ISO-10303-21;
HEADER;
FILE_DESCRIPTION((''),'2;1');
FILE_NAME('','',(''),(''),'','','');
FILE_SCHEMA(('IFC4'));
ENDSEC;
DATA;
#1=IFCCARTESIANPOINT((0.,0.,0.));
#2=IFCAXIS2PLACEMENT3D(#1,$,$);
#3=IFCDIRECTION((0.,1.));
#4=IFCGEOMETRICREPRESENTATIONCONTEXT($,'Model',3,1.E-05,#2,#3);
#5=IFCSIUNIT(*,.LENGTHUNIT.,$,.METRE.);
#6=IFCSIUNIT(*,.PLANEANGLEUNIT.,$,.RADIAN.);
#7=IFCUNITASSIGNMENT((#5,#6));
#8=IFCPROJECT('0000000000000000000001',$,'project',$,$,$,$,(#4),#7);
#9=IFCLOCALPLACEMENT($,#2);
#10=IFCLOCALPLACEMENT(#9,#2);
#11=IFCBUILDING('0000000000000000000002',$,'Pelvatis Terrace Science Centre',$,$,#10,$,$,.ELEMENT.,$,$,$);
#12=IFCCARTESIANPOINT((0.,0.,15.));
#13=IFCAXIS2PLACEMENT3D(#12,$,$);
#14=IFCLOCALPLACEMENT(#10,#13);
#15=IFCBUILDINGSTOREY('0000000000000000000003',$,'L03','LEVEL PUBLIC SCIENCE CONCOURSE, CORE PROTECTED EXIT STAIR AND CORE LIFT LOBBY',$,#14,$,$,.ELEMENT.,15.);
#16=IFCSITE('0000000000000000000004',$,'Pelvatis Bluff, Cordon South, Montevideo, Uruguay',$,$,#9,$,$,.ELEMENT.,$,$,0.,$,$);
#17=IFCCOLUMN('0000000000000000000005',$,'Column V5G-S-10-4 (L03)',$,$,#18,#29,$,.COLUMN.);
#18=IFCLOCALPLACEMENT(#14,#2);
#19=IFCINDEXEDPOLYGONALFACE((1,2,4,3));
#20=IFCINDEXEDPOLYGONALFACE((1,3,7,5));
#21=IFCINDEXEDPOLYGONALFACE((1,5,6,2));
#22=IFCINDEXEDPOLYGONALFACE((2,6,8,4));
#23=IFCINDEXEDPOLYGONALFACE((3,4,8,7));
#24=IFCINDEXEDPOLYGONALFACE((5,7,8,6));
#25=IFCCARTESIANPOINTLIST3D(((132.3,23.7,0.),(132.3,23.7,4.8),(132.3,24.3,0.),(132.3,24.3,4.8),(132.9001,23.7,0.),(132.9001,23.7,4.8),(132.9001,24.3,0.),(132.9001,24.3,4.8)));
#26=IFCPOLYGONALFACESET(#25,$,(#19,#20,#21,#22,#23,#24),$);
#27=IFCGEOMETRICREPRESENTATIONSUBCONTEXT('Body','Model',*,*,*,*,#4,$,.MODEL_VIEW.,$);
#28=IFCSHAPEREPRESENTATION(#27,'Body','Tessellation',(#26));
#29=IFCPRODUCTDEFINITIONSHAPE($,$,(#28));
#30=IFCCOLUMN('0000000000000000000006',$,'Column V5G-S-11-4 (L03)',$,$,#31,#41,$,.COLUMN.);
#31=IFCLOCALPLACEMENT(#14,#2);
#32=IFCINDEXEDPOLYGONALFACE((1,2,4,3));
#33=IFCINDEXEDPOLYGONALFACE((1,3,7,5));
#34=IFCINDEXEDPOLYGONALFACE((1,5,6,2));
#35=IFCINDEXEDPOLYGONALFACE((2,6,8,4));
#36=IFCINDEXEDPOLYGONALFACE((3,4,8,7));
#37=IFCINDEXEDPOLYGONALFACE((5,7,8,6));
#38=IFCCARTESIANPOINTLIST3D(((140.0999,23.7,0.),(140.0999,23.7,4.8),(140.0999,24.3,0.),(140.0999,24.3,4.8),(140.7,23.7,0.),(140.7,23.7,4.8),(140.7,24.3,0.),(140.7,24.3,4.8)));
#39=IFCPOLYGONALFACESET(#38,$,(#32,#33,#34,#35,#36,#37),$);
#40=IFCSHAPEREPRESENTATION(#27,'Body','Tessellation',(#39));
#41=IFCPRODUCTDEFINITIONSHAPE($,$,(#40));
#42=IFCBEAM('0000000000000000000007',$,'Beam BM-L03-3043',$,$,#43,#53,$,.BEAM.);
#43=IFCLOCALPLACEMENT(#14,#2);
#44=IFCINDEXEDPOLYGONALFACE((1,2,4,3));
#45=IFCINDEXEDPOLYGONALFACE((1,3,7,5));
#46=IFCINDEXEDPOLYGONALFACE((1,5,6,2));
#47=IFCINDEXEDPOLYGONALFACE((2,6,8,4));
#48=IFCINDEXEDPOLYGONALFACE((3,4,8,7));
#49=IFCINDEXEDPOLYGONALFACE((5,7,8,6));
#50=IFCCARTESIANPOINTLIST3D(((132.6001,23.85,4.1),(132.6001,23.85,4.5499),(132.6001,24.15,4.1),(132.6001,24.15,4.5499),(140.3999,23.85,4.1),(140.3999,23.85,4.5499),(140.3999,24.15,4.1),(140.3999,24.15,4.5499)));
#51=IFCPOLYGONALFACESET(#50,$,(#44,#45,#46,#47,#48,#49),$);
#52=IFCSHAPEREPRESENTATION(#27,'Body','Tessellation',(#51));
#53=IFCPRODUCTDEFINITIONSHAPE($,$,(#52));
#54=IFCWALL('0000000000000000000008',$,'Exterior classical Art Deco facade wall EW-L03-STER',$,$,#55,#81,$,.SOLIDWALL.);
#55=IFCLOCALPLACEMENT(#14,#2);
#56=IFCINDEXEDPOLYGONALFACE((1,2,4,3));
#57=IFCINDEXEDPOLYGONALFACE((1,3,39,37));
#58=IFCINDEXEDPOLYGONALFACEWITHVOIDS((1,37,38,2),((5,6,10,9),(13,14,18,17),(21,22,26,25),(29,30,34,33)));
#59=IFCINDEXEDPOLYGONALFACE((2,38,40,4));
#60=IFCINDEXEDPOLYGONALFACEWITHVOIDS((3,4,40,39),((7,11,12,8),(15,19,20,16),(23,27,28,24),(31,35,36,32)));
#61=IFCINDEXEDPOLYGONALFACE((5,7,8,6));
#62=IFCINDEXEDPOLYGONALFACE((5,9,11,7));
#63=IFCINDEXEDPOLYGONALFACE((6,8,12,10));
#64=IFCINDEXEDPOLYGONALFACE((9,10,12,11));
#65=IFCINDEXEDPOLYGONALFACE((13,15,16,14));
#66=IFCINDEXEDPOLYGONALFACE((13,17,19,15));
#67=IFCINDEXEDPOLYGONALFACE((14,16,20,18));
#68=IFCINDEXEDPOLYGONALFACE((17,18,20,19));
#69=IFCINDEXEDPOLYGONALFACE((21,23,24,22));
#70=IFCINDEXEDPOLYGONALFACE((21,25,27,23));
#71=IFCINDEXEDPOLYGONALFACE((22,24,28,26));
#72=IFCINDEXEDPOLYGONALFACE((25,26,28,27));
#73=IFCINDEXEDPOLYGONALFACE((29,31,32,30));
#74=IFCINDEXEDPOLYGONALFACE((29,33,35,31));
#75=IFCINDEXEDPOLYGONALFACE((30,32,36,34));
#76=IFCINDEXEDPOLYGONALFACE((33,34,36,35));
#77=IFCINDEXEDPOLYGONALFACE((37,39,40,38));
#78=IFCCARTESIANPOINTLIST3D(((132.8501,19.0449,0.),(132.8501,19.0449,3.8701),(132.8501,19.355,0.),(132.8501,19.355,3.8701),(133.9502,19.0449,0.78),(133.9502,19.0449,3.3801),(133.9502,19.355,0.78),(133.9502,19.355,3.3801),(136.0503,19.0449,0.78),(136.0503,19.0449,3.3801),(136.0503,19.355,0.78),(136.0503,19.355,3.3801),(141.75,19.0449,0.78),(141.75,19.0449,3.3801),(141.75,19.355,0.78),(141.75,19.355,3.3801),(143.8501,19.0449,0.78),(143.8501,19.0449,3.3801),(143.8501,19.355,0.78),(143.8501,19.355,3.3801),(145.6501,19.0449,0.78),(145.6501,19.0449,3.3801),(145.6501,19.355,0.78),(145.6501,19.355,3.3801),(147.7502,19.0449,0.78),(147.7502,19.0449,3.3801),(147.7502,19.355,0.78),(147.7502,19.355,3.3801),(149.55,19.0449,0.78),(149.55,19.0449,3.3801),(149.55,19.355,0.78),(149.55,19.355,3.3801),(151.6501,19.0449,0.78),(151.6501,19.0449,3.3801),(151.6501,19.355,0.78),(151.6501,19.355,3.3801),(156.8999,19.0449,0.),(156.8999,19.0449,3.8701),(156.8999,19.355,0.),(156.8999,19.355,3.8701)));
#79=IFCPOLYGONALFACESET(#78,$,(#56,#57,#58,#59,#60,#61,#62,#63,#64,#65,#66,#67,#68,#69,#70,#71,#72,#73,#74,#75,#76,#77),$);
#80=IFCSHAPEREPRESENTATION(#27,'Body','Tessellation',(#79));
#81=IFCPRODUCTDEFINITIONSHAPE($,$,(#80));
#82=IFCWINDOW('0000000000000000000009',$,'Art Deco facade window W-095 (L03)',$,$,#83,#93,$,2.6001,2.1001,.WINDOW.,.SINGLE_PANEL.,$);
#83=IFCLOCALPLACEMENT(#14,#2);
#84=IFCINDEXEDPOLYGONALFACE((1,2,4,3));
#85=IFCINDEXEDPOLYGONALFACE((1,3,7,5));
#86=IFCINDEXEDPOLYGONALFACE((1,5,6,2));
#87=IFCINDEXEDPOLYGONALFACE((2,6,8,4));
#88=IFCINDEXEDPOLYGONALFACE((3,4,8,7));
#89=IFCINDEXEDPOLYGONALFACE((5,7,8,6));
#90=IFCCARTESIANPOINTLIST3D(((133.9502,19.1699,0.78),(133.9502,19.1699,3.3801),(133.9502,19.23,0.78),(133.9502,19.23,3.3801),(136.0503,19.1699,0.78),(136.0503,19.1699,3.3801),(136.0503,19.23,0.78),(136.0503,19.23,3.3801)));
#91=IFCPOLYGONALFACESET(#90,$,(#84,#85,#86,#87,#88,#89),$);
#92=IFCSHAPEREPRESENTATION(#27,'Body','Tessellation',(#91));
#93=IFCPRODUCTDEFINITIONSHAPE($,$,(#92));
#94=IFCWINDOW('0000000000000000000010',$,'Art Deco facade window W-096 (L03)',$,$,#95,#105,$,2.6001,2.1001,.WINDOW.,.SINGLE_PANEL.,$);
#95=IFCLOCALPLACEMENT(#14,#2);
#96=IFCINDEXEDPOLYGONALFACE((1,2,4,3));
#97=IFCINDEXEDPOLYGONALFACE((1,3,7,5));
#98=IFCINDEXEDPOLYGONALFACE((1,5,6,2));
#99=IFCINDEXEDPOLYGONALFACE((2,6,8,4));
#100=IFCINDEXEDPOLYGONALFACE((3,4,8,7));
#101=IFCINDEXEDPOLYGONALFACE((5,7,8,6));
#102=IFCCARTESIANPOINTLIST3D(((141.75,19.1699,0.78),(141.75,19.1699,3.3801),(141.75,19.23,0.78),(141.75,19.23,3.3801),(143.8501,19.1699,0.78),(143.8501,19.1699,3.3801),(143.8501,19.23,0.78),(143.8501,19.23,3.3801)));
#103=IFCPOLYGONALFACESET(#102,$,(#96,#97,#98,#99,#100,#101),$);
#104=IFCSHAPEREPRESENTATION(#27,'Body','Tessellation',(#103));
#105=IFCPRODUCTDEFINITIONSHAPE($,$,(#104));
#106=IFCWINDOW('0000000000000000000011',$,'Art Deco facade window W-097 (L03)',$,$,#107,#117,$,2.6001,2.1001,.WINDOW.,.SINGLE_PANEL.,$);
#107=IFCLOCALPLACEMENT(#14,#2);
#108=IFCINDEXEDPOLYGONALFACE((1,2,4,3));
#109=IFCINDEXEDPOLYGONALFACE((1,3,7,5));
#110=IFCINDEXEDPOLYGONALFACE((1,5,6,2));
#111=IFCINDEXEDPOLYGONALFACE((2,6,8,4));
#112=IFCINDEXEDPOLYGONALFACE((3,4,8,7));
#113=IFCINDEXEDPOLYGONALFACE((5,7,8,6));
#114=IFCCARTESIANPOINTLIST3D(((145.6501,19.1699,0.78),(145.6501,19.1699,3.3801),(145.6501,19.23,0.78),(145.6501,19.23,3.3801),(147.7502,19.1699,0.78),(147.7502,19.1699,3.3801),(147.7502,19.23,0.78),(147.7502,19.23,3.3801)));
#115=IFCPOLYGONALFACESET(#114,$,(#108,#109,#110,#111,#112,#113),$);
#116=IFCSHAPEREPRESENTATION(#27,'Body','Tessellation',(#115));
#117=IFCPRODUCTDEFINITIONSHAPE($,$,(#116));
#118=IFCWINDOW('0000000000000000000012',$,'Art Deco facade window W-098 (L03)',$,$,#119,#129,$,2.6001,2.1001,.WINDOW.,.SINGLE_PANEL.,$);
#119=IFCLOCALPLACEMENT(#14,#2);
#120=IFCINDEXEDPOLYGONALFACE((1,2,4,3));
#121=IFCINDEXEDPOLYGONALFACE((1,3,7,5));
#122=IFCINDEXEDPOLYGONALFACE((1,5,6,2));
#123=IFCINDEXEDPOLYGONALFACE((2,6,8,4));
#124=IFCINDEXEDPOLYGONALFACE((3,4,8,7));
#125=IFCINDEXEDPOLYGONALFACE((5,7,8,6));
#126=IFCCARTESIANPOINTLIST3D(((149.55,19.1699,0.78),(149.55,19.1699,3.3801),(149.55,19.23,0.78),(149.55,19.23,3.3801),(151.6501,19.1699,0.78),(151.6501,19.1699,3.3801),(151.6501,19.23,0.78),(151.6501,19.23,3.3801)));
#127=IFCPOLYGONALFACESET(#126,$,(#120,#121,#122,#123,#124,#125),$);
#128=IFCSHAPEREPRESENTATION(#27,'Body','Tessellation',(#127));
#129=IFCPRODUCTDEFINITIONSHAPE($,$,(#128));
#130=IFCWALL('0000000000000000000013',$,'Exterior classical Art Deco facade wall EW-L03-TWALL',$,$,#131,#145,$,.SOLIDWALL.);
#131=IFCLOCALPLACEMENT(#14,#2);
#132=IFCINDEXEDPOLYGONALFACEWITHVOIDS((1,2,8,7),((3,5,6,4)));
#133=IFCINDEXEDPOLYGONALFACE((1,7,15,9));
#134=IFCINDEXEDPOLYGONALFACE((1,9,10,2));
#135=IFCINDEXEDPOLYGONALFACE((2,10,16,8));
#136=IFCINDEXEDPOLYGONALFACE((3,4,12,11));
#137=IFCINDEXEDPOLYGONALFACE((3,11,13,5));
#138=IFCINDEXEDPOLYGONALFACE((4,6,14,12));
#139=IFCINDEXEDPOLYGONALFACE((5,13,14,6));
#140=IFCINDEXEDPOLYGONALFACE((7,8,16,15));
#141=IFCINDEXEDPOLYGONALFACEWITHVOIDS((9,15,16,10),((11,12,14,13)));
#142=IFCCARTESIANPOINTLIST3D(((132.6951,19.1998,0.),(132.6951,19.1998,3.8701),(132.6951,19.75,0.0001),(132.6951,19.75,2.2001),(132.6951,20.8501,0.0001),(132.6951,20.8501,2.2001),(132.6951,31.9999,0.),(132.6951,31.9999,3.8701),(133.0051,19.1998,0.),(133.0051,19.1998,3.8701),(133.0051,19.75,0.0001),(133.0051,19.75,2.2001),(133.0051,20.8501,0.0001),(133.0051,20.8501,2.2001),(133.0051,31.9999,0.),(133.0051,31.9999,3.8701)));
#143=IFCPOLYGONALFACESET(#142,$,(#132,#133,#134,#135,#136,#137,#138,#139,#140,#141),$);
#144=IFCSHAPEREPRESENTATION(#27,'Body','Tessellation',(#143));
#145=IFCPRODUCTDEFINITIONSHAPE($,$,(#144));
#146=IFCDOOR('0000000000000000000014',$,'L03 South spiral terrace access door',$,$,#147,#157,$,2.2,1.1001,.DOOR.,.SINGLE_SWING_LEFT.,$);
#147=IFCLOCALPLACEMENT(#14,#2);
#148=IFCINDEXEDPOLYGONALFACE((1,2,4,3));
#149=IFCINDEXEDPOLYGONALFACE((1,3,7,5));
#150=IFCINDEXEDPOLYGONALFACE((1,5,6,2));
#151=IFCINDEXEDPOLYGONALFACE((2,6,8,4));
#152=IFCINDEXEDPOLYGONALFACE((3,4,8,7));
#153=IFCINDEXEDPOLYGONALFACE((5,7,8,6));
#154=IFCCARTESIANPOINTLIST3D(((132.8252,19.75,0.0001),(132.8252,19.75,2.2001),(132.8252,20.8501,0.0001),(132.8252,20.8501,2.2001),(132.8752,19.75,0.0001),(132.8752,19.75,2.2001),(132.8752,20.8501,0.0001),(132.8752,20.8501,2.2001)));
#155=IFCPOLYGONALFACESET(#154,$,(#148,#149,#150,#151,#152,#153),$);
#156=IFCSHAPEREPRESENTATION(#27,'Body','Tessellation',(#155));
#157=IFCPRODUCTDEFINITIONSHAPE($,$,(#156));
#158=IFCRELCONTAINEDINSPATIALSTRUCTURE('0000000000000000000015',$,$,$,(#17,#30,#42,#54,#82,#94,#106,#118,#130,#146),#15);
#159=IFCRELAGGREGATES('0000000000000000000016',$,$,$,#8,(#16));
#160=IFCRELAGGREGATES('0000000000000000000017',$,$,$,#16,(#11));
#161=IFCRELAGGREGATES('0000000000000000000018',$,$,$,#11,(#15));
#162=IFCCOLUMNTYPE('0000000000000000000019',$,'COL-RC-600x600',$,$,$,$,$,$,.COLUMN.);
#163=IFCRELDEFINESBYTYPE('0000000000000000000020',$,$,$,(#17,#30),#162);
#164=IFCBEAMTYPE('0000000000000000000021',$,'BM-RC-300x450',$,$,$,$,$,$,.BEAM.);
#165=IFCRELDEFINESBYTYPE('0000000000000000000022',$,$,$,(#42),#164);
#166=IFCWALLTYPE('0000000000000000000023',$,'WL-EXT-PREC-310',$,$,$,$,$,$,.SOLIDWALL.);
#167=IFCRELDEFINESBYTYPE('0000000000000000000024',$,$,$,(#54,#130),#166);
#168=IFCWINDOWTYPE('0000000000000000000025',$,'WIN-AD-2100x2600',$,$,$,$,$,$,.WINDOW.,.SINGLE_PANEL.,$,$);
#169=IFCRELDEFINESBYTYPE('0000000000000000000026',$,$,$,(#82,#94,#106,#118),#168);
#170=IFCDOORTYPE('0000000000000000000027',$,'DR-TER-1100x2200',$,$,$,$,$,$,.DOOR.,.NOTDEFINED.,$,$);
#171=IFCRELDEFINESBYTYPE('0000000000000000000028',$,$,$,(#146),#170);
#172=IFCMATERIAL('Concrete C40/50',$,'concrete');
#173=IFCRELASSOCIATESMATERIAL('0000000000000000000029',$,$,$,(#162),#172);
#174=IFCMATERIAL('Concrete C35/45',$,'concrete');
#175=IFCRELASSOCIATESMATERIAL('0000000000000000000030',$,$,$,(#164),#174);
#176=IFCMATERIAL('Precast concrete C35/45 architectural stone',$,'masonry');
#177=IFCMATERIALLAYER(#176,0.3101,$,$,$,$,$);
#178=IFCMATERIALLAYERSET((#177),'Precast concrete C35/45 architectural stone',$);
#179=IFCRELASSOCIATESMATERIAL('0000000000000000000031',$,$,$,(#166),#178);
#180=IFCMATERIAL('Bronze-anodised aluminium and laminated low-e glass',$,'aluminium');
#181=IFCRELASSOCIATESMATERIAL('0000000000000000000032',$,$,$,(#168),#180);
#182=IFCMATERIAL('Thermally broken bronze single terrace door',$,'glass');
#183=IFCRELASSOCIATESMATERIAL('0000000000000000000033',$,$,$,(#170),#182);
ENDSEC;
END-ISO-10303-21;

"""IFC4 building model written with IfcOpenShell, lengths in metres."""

from ifc_helpers import new_model, si_unit, direction, frame, frame_2d, origin, origin_2d, place, context, subcontext, project, spatial, rectangle, extrude, material, layer, layer_set, material_profile, profile_set, type_object, element, fill, save


model = new_model("IFC4")

# Units and contexts
model_context = context("Model", 3, precision=1e-05, world=origin(), true_north=direction((0.0, 1.0)))
body_context = subcontext(model_context, "Body", "Model", "MODEL_VIEW")
ifc_project = project(units=[si_unit("LENGTHUNIT", "METRE"), si_unit("PLANEANGLEUNIT", "RADIAN")], contexts=[model_context])

# Site, building, storey
site_placement = place(None, origin())
site = spatial("IfcSite", under=ifc_project, at=site_placement, Name="Pelvatis Bluff, Cordon South, Montevideo, Uruguay", CompositionType="ELEMENT", RefElevation=0.0)
building_placement = place(site_placement, origin())
building = spatial("IfcBuilding", under=site, at=building_placement, Name="Pelvatis Terrace Science Centre", CompositionType="ELEMENT")
storey_placement = place(building_placement, frame((0.0, 0.0, 15.0)))
storey = spatial("IfcBuildingStorey", under=building, at=storey_placement, Name="L03", Description="LEVEL PUBLIC SCIENCE CONCOURSE, CORE PROTECTED EXIT STAIR AND CORE LIFT LOBBY", CompositionType="ELEMENT", Elevation=15.0)

# Columns
ifc_material_1 = material(Name="Concrete C40/50", Category="concrete")
ifc_material_profile_1 = material_profile(ifc_material_1, rectangle(XDim=0.6001, YDim=0.6001, at=origin_2d()), Name="RC-COL 600x600")
ifc_profile_set_1 = profile_set([ifc_material_profile_1], Name="Concrete C40/50")
column_type = type_object("IfcColumnType", Name="COL-RC-600x600", PredefinedType="COLUMN", material=ifc_profile_set_1)
for number, where, z_axis, x_axis, name in (
    (1, (132.6001, 24.0, 0.0), (0.0, 0.0, 1.0), (1.0, 0.0, 0.0), "Column V5G-S-10-4 (L03)"),
    (2, (140.3999, 24.0, 0.0), (0.0, 0.0, 1.0), (1.0, 0.0, 0.0), "Column V5G-S-11-4 (L03)"),
):
    element("IfcColumn", number, at=place(storey_placement, frame(where, z_axis=z_axis, x_axis=x_axis)), inside=storey, type_object=column_type, Name=name, PredefinedType="COLUMN", context=body_context, shape_type="SweptSolid", body=[
        extrude(rectangle(XDim=0.6001, YDim=0.6001, at=origin_2d()), origin(), (0.0, 0.0, 1.0), 4.8),
    ])

# Beam
ifc_material_2 = material(Name="Concrete C35/45", Category="concrete")
ifc_material_profile_2 = material_profile(ifc_material_2, rectangle(XDim=0.3, YDim=0.45, at=origin_2d()), Name="RC-BM 300x450")
ifc_profile_set_2 = profile_set([ifc_material_profile_2], Name="Concrete C35/45")
beam_type = type_object("IfcBeamType", Name="BM-RC-300x450", PredefinedType="BEAM", material=ifc_profile_set_2)
beam_placement = place(storey_placement, frame((132.6001, 24.0, 4.325), z_axis=(1.0, 0.0, 0.0), x_axis=(0.0, 1.0, 0.0)))
element("IfcBeam", 3, at=beam_placement, inside=storey, type_object=beam_type, Name="Beam BM-L03-3043", PredefinedType="BEAM", context=body_context, shape_type="SweptSolid", body=[
    extrude(rectangle(XDim=0.3, YDim=0.45, at=origin_2d()), origin(), (0.0, 0.0, 1.0), 7.7998),
])

# Wall, openings, windows
ifc_material_3 = material(Name="Precast concrete C35/45 architectural stone", Category="masonry")
ifc_layer_1 = layer(ifc_material_3, 0.3101)
ifc_layer_set_1 = layer_set([ifc_layer_1], Name="Precast concrete C35/45 architectural stone")
wall_type_1 = type_object("IfcWallType", Name="WL-EXT-PREC-310", PredefinedType="SOLIDWALL", material=ifc_layer_set_1)
wall_1_placement = place(storey_placement, frame((132.8501, 19.2, 0.0), z_axis=(0.0, 0.0, 1.0), x_axis=(1.0, 0.0, 0.0)))
wall_1 = element("IfcWall", 4, at=wall_1_placement, inside=storey, type_object=wall_type_1, Name="Exterior classical Art Deco facade wall EW-L03-STER", PredefinedType="SOLIDWALL", context=body_context, shape_type="SweptSolid", body=[
    extrude(rectangle(XDim=24.0498, YDim=0.3101, at=frame_2d((12.0249, 0.0))), origin(), (0.0, 0.0, 1.0), 3.8701),
])
opening_1_placement = place(wall_1_placement, frame((1.1001, 0.0, 0.78)))
opening_1 = element("IfcOpeningElement", 5, at=opening_1_placement, cuts=wall_1, PredefinedType="OPENING", context=body_context, shape_type="SweptSolid", body=[
    extrude(rectangle(XDim=2.1001, YDim=2.6001, at=frame_2d((1.05, 1.3))), frame((0.0, 0.165, 0.0), z_axis=(0.0, -1.0, 0.0), x_axis=(1.0, 0.0, 0.0)), (0.0, 0.0, 1.0), 0.3301),
])
opening_2_placement = place(wall_1_placement, frame((8.8999, 0.0, 0.78)))
opening_2 = element("IfcOpeningElement", 6, at=opening_2_placement, cuts=wall_1, PredefinedType="OPENING", context=body_context, shape_type="SweptSolid", body=[
    extrude(rectangle(XDim=2.1001, YDim=2.6001, at=frame_2d((1.05, 1.3))), frame((0.0, 0.165, 0.0), z_axis=(0.0, -1.0, 0.0), x_axis=(1.0, 0.0, 0.0)), (0.0, 0.0, 1.0), 0.3301),
])
opening_3_placement = place(wall_1_placement, frame((12.8, 0.0, 0.78)))
opening_3 = element("IfcOpeningElement", 7, at=opening_3_placement, cuts=wall_1, PredefinedType="OPENING", context=body_context, shape_type="SweptSolid", body=[
    extrude(rectangle(XDim=2.1001, YDim=2.6001, at=frame_2d((1.05, 1.3))), frame((0.0, 0.165, 0.0), z_axis=(0.0, -1.0, 0.0), x_axis=(1.0, 0.0, 0.0)), (0.0, 0.0, 1.0), 0.3301),
])
opening_4_placement = place(wall_1_placement, frame((16.7, 0.0, 0.78)))
opening_4 = element("IfcOpeningElement", 8, at=opening_4_placement, cuts=wall_1, PredefinedType="OPENING", context=body_context, shape_type="SweptSolid", body=[
    extrude(rectangle(XDim=2.1001, YDim=2.6001, at=frame_2d((1.05, 1.3))), frame((0.0, 0.165, 0.0), z_axis=(0.0, -1.0, 0.0), x_axis=(1.0, 0.0, 0.0)), (0.0, 0.0, 1.0), 0.3301),
])
ifc_material_4 = material(Name="Bronze-anodised aluminium and laminated low-e glass", Category="aluminium")
window_type = type_object("IfcWindowType", Name="WIN-AD-2100x2600", PartitioningType="SINGLE_PANEL", PredefinedType="WINDOW", material=ifc_material_4)
window_1_placement = place(opening_1_placement, origin())
window_1 = element("IfcWindow", 9, at=window_1_placement, inside=storey, type_object=window_type, Name="Art Deco facade window W-095 (L03)", OverallHeight=2.6001, OverallWidth=2.1001, PartitioningType="SINGLE_PANEL", PredefinedType="WINDOW", context=body_context, shape_type="SweptSolid", body=[
    extrude(rectangle(XDim=2.1001, YDim=2.6001, at=frame_2d((1.05, 1.3))), frame((0.0, 0.03, 0.0), z_axis=(0.0, -1.0, 0.0), x_axis=(1.0, 0.0, 0.0)), (0.0, 0.0, 1.0), 0.0601),
])
fill(opening_1, window_1)
window_2_placement = place(opening_2_placement, origin())
window_2 = element("IfcWindow", 10, at=window_2_placement, inside=storey, type_object=window_type, Name="Art Deco facade window W-096 (L03)", OverallHeight=2.6001, OverallWidth=2.1001, PartitioningType="SINGLE_PANEL", PredefinedType="WINDOW", context=body_context, shape_type="SweptSolid", body=[
    extrude(rectangle(XDim=2.1001, YDim=2.6001, at=frame_2d((1.05, 1.3))), frame((0.0, 0.03, 0.0), z_axis=(0.0, -1.0, 0.0), x_axis=(1.0, 0.0, 0.0)), (0.0, 0.0, 1.0), 0.0601),
])
fill(opening_2, window_2)
window_3_placement = place(opening_3_placement, origin())
window_3 = element("IfcWindow", 11, at=window_3_placement, inside=storey, type_object=window_type, Name="Art Deco facade window W-097 (L03)", OverallHeight=2.6001, OverallWidth=2.1001, PartitioningType="SINGLE_PANEL", PredefinedType="WINDOW", context=body_context, shape_type="SweptSolid", body=[
    extrude(rectangle(XDim=2.1001, YDim=2.6001, at=frame_2d((1.05, 1.3))), frame((0.0, 0.03, 0.0), z_axis=(0.0, -1.0, 0.0), x_axis=(1.0, 0.0, 0.0)), (0.0, 0.0, 1.0), 0.0601),
])
fill(opening_3, window_3)
window_4_placement = place(opening_4_placement, origin())
window_4 = element("IfcWindow", 12, at=window_4_placement, inside=storey, type_object=window_type, Name="Art Deco facade window W-098 (L03)", OverallHeight=2.6001, OverallWidth=2.1001, PartitioningType="SINGLE_PANEL", PredefinedType="WINDOW", context=body_context, shape_type="SweptSolid", body=[
    extrude(rectangle(XDim=2.1001, YDim=2.6001, at=frame_2d((1.05, 1.3))), frame((0.0, 0.03, 0.0), z_axis=(0.0, -1.0, 0.0), x_axis=(1.0, 0.0, 0.0)), (0.0, 0.0, 1.0), 0.0601),
])
fill(opening_4, window_4)

# Wall, opening, door
wall_2_placement = place(storey_placement, frame((132.8501, 19.2, 0.0), z_axis=(0.0, 0.0, 1.0), x_axis=(0.0, 1.0, 0.0)))
wall_2 = element("IfcWall", 13, at=wall_2_placement, inside=storey, type_object=wall_type_1, Name="Exterior classical Art Deco facade wall EW-L03-TWALL", PredefinedType="SOLIDWALL", context=body_context, shape_type="SweptSolid", body=[
    extrude(rectangle(XDim=12.8, YDim=0.3101, at=frame_2d((6.3999, 0.0))), origin(), (0.0, 0.0, 1.0), 3.8701),
])
opening_5_placement = place(wall_2_placement, frame((0.55, 0.0, 0.0)))
opening_5 = element("IfcOpeningElement", 14, at=opening_5_placement, cuts=wall_2, PredefinedType="OPENING", context=body_context, shape_type="SweptSolid", body=[
    extrude(rectangle(XDim=1.1001, YDim=2.2, at=frame_2d((0.55, 1.1001))), frame((0.0, 0.165, 0.0), z_axis=(0.0, -1.0, 0.0), x_axis=(1.0, 0.0, 0.0)), (0.0, 0.0, 1.0), 0.3301),
])
ifc_material_5 = material(Name="Thermally broken bronze single terrace door", Category="glass")
door_type_1 = type_object("IfcDoorType", Name="DR-TER-1100x2200", OperationType="NOTDEFINED", PredefinedType="DOOR", material=ifc_material_5)
door_1_placement = place(opening_5_placement, origin())
door_1 = element("IfcDoor", 15, at=door_1_placement, inside=storey, type_object=door_type_1, Name="L03 South spiral terrace access door", OperationType="SINGLE_SWING_LEFT", OverallHeight=2.2, OverallWidth=1.1001, PredefinedType="DOOR", context=body_context, shape_type="SweptSolid", body=[
    extrude(rectangle(XDim=1.1001, YDim=2.2, at=frame_2d((0.55, 1.1001))), frame((0.0, 0.0249, 0.0), z_axis=(0.0, -1.0, 0.0), x_axis=(1.0, 0.0, 0.0)), (0.0, 0.0, 1.0), 0.05),
])
fill(opening_5, door_1)

save(model, "model.ifc")
